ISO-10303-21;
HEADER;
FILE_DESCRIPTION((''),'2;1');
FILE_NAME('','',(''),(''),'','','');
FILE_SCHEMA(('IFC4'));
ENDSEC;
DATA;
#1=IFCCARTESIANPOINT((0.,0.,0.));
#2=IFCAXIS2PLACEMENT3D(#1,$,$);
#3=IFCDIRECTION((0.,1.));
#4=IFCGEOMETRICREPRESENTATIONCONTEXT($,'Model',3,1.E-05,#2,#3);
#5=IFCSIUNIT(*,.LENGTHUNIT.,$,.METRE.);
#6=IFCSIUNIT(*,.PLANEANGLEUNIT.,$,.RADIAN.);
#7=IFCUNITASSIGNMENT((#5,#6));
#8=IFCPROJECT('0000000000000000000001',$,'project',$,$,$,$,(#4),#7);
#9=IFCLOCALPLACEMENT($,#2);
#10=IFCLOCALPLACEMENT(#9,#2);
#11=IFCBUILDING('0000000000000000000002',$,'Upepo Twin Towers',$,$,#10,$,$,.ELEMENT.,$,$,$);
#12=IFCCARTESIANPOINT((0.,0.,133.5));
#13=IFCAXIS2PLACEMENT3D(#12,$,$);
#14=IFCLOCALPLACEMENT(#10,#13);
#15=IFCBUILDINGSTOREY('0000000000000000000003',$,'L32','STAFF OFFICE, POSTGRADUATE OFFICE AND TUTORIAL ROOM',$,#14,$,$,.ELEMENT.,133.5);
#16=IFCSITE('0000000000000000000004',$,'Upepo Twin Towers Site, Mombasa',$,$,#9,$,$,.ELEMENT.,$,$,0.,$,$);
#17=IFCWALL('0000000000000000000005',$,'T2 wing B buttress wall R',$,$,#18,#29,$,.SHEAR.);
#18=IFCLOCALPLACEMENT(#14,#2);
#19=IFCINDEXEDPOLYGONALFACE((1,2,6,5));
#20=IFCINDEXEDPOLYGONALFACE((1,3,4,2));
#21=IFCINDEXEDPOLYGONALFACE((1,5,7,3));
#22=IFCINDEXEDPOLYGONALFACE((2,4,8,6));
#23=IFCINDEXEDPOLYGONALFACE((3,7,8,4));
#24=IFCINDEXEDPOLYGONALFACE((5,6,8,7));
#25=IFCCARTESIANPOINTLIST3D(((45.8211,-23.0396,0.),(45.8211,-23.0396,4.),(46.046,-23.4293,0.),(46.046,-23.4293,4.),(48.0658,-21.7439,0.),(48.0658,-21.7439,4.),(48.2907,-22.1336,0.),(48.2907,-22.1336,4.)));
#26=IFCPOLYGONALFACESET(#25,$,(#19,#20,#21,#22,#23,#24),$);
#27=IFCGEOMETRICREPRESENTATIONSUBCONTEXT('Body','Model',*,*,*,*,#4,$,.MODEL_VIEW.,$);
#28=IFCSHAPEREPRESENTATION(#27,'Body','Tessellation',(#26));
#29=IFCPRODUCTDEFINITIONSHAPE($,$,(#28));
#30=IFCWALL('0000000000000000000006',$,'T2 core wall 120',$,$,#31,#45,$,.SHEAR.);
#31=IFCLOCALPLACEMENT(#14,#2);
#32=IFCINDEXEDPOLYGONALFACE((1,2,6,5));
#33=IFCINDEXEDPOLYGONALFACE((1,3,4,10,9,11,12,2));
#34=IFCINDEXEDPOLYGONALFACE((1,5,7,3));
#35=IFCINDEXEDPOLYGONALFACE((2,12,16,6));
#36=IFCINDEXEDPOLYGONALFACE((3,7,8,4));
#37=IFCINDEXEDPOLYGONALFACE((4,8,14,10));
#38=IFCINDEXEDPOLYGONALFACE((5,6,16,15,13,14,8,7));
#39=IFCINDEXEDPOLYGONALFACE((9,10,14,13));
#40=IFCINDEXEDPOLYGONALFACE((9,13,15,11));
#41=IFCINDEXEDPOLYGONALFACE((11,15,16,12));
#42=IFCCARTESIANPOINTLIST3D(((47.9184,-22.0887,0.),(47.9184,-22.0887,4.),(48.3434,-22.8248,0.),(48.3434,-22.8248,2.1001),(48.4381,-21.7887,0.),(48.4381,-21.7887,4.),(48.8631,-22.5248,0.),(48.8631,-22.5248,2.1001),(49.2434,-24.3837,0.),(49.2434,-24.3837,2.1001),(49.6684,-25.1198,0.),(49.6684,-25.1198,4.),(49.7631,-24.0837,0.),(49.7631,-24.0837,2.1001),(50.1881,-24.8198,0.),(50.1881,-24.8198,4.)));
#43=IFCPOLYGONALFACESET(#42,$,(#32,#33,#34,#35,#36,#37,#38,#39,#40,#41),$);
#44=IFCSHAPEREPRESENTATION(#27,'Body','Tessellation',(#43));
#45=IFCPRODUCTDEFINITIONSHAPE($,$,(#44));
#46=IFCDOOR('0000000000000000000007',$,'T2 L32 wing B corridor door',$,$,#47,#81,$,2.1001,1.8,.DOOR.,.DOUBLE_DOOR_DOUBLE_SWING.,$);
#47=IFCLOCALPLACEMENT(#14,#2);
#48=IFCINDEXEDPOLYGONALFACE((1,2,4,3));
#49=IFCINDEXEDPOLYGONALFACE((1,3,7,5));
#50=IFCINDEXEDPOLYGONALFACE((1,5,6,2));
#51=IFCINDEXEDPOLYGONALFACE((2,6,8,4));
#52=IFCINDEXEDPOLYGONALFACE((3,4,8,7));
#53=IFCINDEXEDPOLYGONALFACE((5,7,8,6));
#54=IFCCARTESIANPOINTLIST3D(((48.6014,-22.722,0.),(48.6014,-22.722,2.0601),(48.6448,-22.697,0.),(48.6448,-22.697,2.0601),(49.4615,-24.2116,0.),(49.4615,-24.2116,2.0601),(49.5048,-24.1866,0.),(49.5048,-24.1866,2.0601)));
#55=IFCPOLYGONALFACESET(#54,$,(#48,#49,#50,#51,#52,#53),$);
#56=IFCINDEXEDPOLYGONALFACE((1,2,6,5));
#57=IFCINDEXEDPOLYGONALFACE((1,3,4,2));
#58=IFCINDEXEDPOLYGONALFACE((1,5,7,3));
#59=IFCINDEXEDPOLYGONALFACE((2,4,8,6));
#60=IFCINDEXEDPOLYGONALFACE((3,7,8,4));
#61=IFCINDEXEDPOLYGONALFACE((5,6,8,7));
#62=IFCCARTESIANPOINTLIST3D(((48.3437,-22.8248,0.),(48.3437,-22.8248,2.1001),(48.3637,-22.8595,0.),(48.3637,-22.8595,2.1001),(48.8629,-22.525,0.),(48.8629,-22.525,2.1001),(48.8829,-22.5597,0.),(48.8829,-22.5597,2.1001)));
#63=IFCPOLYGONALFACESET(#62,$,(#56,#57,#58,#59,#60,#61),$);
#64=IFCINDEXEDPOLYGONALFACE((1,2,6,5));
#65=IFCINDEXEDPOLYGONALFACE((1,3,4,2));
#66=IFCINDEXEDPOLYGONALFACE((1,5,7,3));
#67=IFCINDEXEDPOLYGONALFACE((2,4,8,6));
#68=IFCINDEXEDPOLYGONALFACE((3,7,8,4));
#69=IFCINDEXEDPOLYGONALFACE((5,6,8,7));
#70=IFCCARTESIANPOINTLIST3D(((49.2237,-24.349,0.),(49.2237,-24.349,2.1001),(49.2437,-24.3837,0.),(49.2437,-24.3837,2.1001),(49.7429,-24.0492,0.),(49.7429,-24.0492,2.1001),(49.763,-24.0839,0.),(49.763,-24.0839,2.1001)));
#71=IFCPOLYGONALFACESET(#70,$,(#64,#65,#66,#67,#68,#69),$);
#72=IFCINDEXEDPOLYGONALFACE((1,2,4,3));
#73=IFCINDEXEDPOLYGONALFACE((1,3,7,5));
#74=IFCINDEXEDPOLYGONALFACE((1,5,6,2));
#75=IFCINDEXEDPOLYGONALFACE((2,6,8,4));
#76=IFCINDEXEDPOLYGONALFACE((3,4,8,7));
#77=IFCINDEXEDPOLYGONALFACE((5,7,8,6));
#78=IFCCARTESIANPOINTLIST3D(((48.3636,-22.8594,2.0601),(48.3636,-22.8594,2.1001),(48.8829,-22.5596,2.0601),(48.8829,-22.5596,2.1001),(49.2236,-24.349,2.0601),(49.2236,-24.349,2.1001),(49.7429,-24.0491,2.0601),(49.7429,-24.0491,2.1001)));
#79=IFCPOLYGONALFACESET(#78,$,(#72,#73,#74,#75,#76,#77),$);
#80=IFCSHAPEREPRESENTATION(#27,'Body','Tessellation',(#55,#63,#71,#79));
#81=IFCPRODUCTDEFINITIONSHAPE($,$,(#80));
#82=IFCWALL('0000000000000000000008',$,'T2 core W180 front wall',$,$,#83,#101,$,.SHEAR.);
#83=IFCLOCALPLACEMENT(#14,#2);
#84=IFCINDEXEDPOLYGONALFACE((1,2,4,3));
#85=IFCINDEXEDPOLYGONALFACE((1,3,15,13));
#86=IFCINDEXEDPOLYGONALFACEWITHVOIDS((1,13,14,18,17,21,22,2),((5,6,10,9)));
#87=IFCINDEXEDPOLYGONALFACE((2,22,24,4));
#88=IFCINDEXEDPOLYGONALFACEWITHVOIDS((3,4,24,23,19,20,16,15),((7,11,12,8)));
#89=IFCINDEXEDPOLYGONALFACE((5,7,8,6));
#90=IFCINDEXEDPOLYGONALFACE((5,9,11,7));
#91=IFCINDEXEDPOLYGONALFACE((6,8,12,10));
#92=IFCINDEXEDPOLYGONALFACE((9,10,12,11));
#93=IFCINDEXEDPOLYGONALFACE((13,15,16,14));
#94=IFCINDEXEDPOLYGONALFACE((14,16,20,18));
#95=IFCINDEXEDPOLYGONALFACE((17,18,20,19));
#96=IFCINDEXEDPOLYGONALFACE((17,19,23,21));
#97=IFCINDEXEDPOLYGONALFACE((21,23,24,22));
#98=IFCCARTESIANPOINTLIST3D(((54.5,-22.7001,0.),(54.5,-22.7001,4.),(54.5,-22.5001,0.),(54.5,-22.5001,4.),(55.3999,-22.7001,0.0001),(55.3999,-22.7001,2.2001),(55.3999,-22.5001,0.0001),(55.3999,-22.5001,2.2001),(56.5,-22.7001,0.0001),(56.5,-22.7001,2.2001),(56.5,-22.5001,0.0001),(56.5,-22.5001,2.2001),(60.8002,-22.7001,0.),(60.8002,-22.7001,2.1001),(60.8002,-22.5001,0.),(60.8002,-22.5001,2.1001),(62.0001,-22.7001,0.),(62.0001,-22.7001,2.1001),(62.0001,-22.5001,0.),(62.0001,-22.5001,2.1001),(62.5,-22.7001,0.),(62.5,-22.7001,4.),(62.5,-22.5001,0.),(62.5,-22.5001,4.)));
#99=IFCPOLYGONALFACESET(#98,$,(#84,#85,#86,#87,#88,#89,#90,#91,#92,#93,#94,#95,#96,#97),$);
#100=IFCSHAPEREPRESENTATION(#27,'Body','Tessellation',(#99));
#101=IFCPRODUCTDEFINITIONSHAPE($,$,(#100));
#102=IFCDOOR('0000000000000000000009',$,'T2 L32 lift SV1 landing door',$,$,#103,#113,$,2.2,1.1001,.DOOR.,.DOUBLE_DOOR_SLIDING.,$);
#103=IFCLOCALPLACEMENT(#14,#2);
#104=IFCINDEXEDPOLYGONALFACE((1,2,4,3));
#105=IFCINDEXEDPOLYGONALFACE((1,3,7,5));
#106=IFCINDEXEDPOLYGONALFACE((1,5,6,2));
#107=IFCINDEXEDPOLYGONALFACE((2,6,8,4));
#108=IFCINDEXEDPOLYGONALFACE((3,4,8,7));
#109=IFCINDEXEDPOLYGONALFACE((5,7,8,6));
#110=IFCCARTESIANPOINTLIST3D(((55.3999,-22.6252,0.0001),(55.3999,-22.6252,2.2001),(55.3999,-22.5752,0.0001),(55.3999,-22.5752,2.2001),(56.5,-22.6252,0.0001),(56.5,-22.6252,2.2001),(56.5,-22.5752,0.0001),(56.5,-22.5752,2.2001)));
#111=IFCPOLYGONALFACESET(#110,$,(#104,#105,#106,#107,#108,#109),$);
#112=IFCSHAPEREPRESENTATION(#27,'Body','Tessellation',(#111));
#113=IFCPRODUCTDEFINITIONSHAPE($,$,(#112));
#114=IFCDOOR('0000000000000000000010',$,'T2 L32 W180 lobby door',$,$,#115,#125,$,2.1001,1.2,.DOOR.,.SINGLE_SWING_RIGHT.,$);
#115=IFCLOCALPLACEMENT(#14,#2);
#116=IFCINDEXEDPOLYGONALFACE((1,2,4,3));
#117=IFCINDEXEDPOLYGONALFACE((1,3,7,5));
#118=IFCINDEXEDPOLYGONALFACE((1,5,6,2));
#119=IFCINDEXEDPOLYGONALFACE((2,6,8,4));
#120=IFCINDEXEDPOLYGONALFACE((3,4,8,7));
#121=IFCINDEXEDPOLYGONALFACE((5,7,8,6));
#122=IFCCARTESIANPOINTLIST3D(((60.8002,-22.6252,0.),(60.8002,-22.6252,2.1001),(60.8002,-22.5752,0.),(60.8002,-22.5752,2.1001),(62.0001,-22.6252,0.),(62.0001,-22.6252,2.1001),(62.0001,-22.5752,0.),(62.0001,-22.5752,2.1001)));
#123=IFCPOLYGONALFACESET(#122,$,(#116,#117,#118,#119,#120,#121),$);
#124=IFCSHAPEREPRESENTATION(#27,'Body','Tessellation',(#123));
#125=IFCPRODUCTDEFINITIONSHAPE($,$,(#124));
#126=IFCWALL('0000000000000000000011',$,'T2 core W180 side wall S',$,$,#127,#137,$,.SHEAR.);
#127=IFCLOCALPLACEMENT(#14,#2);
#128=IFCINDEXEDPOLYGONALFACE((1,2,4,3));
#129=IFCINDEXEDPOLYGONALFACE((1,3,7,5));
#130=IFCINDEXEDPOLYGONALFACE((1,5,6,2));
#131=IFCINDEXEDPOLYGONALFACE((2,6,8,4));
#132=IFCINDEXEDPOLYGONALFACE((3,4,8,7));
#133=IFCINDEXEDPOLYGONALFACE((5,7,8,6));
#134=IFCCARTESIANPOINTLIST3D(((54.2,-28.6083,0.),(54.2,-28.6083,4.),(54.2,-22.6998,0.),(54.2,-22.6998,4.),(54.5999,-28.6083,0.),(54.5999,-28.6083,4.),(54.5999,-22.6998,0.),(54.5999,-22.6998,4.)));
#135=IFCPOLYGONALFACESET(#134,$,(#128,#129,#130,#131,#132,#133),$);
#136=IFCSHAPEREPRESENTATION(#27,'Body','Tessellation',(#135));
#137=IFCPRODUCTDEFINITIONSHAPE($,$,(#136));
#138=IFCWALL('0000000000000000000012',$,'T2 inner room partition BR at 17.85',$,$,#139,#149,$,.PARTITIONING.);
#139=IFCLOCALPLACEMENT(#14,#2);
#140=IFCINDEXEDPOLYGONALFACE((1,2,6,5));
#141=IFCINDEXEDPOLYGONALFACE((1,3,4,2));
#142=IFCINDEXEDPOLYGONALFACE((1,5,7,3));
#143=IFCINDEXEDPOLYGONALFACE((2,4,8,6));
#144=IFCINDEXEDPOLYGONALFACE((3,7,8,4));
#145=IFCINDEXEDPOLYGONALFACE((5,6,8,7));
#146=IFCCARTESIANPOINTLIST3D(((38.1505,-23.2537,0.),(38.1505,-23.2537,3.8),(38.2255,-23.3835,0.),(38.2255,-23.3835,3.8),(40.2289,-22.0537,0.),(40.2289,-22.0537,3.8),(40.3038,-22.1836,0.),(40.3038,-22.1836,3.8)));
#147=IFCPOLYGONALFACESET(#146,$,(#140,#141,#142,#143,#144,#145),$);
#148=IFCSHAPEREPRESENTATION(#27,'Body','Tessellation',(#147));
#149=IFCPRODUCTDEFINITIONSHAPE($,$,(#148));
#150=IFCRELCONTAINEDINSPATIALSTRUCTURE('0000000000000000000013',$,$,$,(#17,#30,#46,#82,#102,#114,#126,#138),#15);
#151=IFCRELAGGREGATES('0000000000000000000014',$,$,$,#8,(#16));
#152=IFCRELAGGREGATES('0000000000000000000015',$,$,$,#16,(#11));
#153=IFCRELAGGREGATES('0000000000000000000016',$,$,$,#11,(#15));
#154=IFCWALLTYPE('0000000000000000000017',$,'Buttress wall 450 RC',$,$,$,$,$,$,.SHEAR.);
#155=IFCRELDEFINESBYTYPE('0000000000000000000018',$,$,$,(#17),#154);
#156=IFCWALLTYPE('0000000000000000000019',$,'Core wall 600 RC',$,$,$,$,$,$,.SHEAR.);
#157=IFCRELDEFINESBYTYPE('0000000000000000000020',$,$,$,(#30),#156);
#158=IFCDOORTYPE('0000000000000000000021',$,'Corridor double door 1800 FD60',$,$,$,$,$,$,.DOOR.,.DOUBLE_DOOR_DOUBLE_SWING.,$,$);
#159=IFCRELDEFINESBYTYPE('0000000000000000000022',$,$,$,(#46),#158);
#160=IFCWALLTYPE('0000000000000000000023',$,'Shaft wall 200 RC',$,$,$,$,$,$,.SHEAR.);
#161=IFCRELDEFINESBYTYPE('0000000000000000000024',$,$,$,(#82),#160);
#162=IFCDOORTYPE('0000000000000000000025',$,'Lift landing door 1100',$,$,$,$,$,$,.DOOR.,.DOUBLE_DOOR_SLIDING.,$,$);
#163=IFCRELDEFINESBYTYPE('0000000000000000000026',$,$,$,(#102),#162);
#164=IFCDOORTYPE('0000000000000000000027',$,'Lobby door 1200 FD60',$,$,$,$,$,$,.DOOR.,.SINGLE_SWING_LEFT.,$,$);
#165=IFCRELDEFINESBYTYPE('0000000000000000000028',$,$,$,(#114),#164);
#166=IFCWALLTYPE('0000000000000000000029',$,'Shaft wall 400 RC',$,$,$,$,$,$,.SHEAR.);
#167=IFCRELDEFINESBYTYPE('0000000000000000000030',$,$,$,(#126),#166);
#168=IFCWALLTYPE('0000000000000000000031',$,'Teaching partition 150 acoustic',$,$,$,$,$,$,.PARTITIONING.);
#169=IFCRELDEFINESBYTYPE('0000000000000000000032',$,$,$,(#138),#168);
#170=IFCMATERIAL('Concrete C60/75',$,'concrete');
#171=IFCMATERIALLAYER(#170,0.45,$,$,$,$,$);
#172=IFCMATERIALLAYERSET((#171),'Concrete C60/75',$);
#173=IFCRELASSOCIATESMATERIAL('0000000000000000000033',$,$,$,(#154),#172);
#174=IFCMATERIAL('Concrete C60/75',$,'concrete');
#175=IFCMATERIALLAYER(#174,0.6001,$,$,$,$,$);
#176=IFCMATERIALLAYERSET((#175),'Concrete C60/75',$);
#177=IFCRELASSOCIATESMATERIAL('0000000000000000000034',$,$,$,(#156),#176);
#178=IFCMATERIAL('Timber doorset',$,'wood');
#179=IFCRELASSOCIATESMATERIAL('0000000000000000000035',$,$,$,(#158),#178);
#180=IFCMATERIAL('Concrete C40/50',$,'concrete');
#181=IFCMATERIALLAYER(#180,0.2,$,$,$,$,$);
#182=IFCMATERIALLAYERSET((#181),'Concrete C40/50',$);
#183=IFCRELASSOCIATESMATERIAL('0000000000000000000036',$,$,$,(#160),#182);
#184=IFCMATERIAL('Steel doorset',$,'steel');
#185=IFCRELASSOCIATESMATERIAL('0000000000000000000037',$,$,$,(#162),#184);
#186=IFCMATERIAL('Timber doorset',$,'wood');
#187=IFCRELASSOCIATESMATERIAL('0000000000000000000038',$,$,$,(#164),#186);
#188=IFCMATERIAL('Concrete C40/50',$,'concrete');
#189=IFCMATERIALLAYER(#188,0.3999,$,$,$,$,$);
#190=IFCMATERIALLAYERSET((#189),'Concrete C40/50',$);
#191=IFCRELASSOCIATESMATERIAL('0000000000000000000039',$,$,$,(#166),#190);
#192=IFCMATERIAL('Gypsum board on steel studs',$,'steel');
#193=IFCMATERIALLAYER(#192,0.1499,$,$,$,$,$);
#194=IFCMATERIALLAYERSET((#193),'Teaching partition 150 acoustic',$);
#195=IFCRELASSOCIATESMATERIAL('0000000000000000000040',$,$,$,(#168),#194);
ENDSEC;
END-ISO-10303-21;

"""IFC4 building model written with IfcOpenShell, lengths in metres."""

from ifc_helpers import new_model, si_unit, direction, frame, frame_2d, origin, place, context, subcontext, project, spatial, rectangle, extrude, material, layer, layer_set, type_object, element, fill, save


model = new_model("IFC4")

# Units and contexts
model_context = context("Model", 3, precision=1e-05, world=origin(), true_north=direction((0.0, 1.0)))
body_context = subcontext(model_context, "Body", "Model", "MODEL_VIEW")
ifc_project = project(units=[si_unit("LENGTHUNIT", "METRE"), si_unit("PLANEANGLEUNIT", "RADIAN")], contexts=[model_context])

# Site, building, storey
site_placement = place(None, origin())
site = spatial("IfcSite", under=ifc_project, at=site_placement, Name="Upepo Twin Towers Site, Mombasa", CompositionType="ELEMENT", RefElevation=0.0)
building_placement = place(site_placement, origin())
building = spatial("IfcBuilding", under=site, at=building_placement, Name="Upepo Twin Towers", CompositionType="ELEMENT")
storey_placement = place(building_placement, frame((0.0, 0.0, 133.5)))
storey = spatial("IfcBuildingStorey", under=building, at=storey_placement, Name="L32", Description="STAFF OFFICE, POSTGRADUATE OFFICE AND TUTORIAL ROOM", CompositionType="ELEMENT", Elevation=133.5)

# Wall
ifc_material_1 = material(Name="Concrete C60/75", Category="concrete")
ifc_layer_1 = layer(ifc_material_1, 0.45)
ifc_layer_set_1 = layer_set([ifc_layer_1], Name="Concrete C60/75")
wall_type_1 = type_object("IfcWallType", Name="Buttress wall 450 RC", PredefinedType="SHEAR", material=ifc_layer_set_1)
wall_1_placement = place(storey_placement, frame((48.1782, -21.9387, 0.0), z_axis=(0.0, 0.0, 1.0), x_axis=(-0.866073, -0.499918, 0.0)))
element("IfcWall", 1, at=wall_1_placement, inside=storey, type_object=wall_type_1, Name="T2 wing B buttress wall R", PredefinedType="SHEAR", context=body_context, shape_type="SweptSolid", body=[
    extrude(rectangle(XDim=2.5918, YDim=0.45, at=frame_2d((1.2959, 0.0))), origin(), (0.0, 0.0, 1.0), 4.0),
])

# Wall, opening, door
ifc_material_2 = material(Name="Concrete C60/75", Category="concrete")
ifc_layer_2 = layer(ifc_material_2, 0.6001)
ifc_layer_set_2 = layer_set([ifc_layer_2], Name="Concrete C60/75")
wall_type_2 = type_object("IfcWallType", Name="Core wall 600 RC", PredefinedType="SHEAR", material=ifc_layer_set_2)
wall_2_placement = place(storey_placement, frame((48.1782, -21.9387, 0.0), z_axis=(0.0, 0.0, 1.0), x_axis=(0.50001, -0.866019, 0.0)))
wall_2 = element("IfcWall", 2, at=wall_2_placement, inside=storey, type_object=wall_type_2, Name="T2 core wall 120", PredefinedType="SHEAR", context=body_context, shape_type="SweptSolid", body=[
    extrude(rectangle(XDim=3.5, YDim=0.6001, at=frame_2d((1.75, 0.0))), origin(), (0.0, 0.0, 1.0), 4.0),
])
opening_1_placement = place(wall_2_placement, frame((0.8501, 0.0, 0.0)))
opening_1 = element("IfcOpeningElement", 3, at=opening_1_placement, cuts=wall_2, PredefinedType="OPENING", context=body_context, shape_type="SweptSolid", body=[
    extrude(rectangle(XDim=1.8, YDim=2.1001, at=frame_2d((0.8999, 1.05))), frame((0.0, 0.3101, 0.0), z_axis=(0.0, -1.0, 0.0), x_axis=(1.0, 0.0, 0.0)), (0.0, 0.0, 1.0), 0.6201),
])
ifc_material_3 = material(Name="Timber doorset", Category="wood")
door_type_1 = type_object("IfcDoorType", Name="Corridor double door 1800 FD60", OperationType="DOUBLE_DOOR_DOUBLE_SWING", PredefinedType="DOOR", material=ifc_material_3)
door_1_placement = place(opening_1_placement, origin())
door_1 = element("IfcDoor", 4, at=door_1_placement, inside=storey, type_object=door_type_1, Name="T2 L32 wing B corridor door", OperationType="DOUBLE_DOOR_DOUBLE_SWING", OverallHeight=2.1001, OverallWidth=1.8, PredefinedType="DOOR", context=body_context, shape_type="SweptSolid", body=[
    extrude(rectangle(XDim=1.72, YDim=2.0601, at=frame_2d((0.8999, 1.03))), frame((0.0, 0.0249, 0.0), z_axis=(0.0, -1.0, 0.0), x_axis=(1.0, 0.0, 0.0)), (0.0, 0.0, 1.0), 0.05),
    extrude(rectangle(XDim=0.04, YDim=2.1001, at=frame_2d((0.02, 1.05))), frame((0.0, 0.2998, 0.0), z_axis=(0.0, -1.0, 0.0), x_axis=(1.0, 0.0, 0.0)), (0.0, 0.0, 1.0), 0.5996),
    extrude(rectangle(XDim=0.04, YDim=2.1001, at=frame_2d((1.78, 1.05))), frame((0.0, 0.2998, 0.0), z_axis=(0.0, -1.0, 0.0), x_axis=(1.0, 0.0, 0.0)), (0.0, 0.0, 1.0), 0.5996),
    extrude(rectangle(XDim=1.72, YDim=0.04, at=frame_2d((0.8999, 2.0801))), frame((0.0, 0.2998, 0.0), z_axis=(0.0, -1.0, 0.0), x_axis=(1.0, 0.0, 0.0)), (0.0, 0.0, 1.0), 0.5996),
])
fill(opening_1, door_1)

# Wall, openings, doors
ifc_material_4 = material(Name="Concrete C40/50", Category="concrete")
ifc_layer_3 = layer(ifc_material_4, 0.2)
ifc_layer_set_3 = layer_set([ifc_layer_3], Name="Concrete C40/50")
wall_type_3 = type_object("IfcWallType", Name="Shaft wall 200 RC", PredefinedType="SHEAR", material=ifc_layer_set_3)
wall_3_placement = place(storey_placement, frame((54.5, -22.6001, 0.0), z_axis=(0.0, 0.0, 1.0), x_axis=(1.0, 0.0, 0.0)))
wall_3 = element("IfcWall", 5, at=wall_3_placement, inside=storey, type_object=wall_type_3, Name="T2 core W180 front wall", PredefinedType="SHEAR", context=body_context, shape_type="SweptSolid", body=[
    extrude(rectangle(XDim=8.0, YDim=0.2, at=frame_2d((4.0, 0.0))), origin(), (0.0, 0.0, 1.0), 4.0),
])
opening_2_placement = place(wall_3_placement, frame((6.3, 0.0, 0.0)))
opening_2 = element("IfcOpeningElement", 6, at=opening_2_placement, cuts=wall_3, PredefinedType="OPENING", context=body_context, shape_type="SweptSolid", body=[
    extrude(rectangle(XDim=1.2, YDim=2.1001, at=frame_2d((0.6001, 1.05))), frame((0.0, 0.1099, 0.0), z_axis=(0.0, -1.0, 0.0), x_axis=(1.0, 0.0, 0.0)), (0.0, 0.0, 1.0), 0.22),
])
opening_3_placement = place(wall_3_placement, frame((0.8999, 0.0, 0.0)))
opening_3 = element("IfcOpeningElement", 7, at=opening_3_placement, cuts=wall_3, PredefinedType="OPENING", context=body_context, shape_type="SweptSolid", body=[
    extrude(rectangle(XDim=1.1001, YDim=2.2, at=frame_2d((0.55, 1.1001))), frame((0.0, 0.1099, 0.0), z_axis=(0.0, -1.0, 0.0), x_axis=(1.0, 0.0, 0.0)), (0.0, 0.0, 1.0), 0.22),
])
ifc_material_5 = material(Name="Steel doorset", Category="steel")
door_type_2 = type_object("IfcDoorType", Name="Lift landing door 1100", OperationType="DOUBLE_DOOR_SLIDING", PredefinedType="DOOR", material=ifc_material_5)
door_2_placement = place(opening_3_placement, origin())
door_2 = element("IfcDoor", 8, at=door_2_placement, inside=storey, type_object=door_type_2, Name="T2 L32 lift SV1 landing door", OperationType="DOUBLE_DOOR_SLIDING", OverallHeight=2.2, OverallWidth=1.1001, PredefinedType="DOOR", context=body_context, shape_type="SweptSolid", body=[
    extrude(rectangle(XDim=1.1001, YDim=2.2, at=frame_2d((0.55, 1.1001))), frame((0.0, 0.0249, 0.0), z_axis=(0.0, -1.0, 0.0), x_axis=(1.0, 0.0, 0.0)), (0.0, 0.0, 1.0), 0.05),
])
fill(opening_3, door_2)
ifc_material_6 = material(Name="Timber doorset", Category="wood")
door_type_3 = type_object("IfcDoorType", Name="Lobby door 1200 FD60", OperationType="SINGLE_SWING_LEFT", PredefinedType="DOOR", material=ifc_material_6)
door_3_placement = place(opening_2_placement, origin())
door_3 = element("IfcDoor", 9, at=door_3_placement, inside=storey, type_object=door_type_3, Name="T2 L32 W180 lobby door", OperationType="SINGLE_SWING_RIGHT", OverallHeight=2.1001, OverallWidth=1.2, PredefinedType="DOOR", context=body_context, shape_type="SweptSolid", body=[
    extrude(rectangle(XDim=1.2, YDim=2.1001, at=frame_2d((0.6001, 1.05))), frame((0.0, 0.0249, 0.0), z_axis=(0.0, -1.0, 0.0), x_axis=(1.0, 0.0, 0.0)), (0.0, 0.0, 1.0), 0.05),
])
fill(opening_2, door_3)

# Walls
ifc_material_7 = material(Name="Concrete C40/50", Category="concrete")
ifc_layer_4 = layer(ifc_material_7, 0.3999)
ifc_layer_set_4 = layer_set([ifc_layer_4], Name="Concrete C40/50")
wall_type_4 = type_object("IfcWallType", Name="Shaft wall 400 RC", PredefinedType="SHEAR", material=ifc_layer_set_4)
wall_4_placement = place(storey_placement, frame((54.3999, -22.7, 0.0), z_axis=(0.0, 0.0, 1.0), x_axis=(0.0, -1.0, 0.0)))
element("IfcWall", 10, at=wall_4_placement, inside=storey, type_object=wall_type_4, Name="T2 core W180 side wall S", PredefinedType="SHEAR", context=body_context, shape_type="SweptSolid", body=[
    extrude(rectangle(XDim=5.9084, YDim=0.3999, at=frame_2d((2.9541, 0.0))), origin(), (0.0, 0.0, 1.0), 4.0),
])
ifc_material_8 = material(Name="Gypsum board on steel studs", Category="steel")
ifc_layer_5 = layer(ifc_material_8, 0.1499)
ifc_layer_set_5 = layer_set([ifc_layer_5], Name="Teaching partition 150 acoustic")
wall_type_5 = type_object("IfcWallType", Name="Teaching partition 150 acoustic", PredefinedType="PARTITIONING", material=ifc_layer_set_5)
wall_5_placement = place(storey_placement, frame((40.2664, -22.1187, 0.0), z_axis=(0.0, 0.0, 1.0), x_axis=(-0.866025, -0.500001, 0.0)))
element("IfcWall", 11, at=wall_5_placement, inside=storey, type_object=wall_type_5, Name="T2 inner room partition BR at 17.85", PredefinedType="PARTITIONING", context=body_context, shape_type="SweptSolid", body=[
    extrude(rectangle(XDim=2.3999, YDim=0.1499, at=frame_2d((1.2, 0.0))), origin(), (0.0, 0.0, 1.0), 3.8),
])

save(model, "model.ifc")
